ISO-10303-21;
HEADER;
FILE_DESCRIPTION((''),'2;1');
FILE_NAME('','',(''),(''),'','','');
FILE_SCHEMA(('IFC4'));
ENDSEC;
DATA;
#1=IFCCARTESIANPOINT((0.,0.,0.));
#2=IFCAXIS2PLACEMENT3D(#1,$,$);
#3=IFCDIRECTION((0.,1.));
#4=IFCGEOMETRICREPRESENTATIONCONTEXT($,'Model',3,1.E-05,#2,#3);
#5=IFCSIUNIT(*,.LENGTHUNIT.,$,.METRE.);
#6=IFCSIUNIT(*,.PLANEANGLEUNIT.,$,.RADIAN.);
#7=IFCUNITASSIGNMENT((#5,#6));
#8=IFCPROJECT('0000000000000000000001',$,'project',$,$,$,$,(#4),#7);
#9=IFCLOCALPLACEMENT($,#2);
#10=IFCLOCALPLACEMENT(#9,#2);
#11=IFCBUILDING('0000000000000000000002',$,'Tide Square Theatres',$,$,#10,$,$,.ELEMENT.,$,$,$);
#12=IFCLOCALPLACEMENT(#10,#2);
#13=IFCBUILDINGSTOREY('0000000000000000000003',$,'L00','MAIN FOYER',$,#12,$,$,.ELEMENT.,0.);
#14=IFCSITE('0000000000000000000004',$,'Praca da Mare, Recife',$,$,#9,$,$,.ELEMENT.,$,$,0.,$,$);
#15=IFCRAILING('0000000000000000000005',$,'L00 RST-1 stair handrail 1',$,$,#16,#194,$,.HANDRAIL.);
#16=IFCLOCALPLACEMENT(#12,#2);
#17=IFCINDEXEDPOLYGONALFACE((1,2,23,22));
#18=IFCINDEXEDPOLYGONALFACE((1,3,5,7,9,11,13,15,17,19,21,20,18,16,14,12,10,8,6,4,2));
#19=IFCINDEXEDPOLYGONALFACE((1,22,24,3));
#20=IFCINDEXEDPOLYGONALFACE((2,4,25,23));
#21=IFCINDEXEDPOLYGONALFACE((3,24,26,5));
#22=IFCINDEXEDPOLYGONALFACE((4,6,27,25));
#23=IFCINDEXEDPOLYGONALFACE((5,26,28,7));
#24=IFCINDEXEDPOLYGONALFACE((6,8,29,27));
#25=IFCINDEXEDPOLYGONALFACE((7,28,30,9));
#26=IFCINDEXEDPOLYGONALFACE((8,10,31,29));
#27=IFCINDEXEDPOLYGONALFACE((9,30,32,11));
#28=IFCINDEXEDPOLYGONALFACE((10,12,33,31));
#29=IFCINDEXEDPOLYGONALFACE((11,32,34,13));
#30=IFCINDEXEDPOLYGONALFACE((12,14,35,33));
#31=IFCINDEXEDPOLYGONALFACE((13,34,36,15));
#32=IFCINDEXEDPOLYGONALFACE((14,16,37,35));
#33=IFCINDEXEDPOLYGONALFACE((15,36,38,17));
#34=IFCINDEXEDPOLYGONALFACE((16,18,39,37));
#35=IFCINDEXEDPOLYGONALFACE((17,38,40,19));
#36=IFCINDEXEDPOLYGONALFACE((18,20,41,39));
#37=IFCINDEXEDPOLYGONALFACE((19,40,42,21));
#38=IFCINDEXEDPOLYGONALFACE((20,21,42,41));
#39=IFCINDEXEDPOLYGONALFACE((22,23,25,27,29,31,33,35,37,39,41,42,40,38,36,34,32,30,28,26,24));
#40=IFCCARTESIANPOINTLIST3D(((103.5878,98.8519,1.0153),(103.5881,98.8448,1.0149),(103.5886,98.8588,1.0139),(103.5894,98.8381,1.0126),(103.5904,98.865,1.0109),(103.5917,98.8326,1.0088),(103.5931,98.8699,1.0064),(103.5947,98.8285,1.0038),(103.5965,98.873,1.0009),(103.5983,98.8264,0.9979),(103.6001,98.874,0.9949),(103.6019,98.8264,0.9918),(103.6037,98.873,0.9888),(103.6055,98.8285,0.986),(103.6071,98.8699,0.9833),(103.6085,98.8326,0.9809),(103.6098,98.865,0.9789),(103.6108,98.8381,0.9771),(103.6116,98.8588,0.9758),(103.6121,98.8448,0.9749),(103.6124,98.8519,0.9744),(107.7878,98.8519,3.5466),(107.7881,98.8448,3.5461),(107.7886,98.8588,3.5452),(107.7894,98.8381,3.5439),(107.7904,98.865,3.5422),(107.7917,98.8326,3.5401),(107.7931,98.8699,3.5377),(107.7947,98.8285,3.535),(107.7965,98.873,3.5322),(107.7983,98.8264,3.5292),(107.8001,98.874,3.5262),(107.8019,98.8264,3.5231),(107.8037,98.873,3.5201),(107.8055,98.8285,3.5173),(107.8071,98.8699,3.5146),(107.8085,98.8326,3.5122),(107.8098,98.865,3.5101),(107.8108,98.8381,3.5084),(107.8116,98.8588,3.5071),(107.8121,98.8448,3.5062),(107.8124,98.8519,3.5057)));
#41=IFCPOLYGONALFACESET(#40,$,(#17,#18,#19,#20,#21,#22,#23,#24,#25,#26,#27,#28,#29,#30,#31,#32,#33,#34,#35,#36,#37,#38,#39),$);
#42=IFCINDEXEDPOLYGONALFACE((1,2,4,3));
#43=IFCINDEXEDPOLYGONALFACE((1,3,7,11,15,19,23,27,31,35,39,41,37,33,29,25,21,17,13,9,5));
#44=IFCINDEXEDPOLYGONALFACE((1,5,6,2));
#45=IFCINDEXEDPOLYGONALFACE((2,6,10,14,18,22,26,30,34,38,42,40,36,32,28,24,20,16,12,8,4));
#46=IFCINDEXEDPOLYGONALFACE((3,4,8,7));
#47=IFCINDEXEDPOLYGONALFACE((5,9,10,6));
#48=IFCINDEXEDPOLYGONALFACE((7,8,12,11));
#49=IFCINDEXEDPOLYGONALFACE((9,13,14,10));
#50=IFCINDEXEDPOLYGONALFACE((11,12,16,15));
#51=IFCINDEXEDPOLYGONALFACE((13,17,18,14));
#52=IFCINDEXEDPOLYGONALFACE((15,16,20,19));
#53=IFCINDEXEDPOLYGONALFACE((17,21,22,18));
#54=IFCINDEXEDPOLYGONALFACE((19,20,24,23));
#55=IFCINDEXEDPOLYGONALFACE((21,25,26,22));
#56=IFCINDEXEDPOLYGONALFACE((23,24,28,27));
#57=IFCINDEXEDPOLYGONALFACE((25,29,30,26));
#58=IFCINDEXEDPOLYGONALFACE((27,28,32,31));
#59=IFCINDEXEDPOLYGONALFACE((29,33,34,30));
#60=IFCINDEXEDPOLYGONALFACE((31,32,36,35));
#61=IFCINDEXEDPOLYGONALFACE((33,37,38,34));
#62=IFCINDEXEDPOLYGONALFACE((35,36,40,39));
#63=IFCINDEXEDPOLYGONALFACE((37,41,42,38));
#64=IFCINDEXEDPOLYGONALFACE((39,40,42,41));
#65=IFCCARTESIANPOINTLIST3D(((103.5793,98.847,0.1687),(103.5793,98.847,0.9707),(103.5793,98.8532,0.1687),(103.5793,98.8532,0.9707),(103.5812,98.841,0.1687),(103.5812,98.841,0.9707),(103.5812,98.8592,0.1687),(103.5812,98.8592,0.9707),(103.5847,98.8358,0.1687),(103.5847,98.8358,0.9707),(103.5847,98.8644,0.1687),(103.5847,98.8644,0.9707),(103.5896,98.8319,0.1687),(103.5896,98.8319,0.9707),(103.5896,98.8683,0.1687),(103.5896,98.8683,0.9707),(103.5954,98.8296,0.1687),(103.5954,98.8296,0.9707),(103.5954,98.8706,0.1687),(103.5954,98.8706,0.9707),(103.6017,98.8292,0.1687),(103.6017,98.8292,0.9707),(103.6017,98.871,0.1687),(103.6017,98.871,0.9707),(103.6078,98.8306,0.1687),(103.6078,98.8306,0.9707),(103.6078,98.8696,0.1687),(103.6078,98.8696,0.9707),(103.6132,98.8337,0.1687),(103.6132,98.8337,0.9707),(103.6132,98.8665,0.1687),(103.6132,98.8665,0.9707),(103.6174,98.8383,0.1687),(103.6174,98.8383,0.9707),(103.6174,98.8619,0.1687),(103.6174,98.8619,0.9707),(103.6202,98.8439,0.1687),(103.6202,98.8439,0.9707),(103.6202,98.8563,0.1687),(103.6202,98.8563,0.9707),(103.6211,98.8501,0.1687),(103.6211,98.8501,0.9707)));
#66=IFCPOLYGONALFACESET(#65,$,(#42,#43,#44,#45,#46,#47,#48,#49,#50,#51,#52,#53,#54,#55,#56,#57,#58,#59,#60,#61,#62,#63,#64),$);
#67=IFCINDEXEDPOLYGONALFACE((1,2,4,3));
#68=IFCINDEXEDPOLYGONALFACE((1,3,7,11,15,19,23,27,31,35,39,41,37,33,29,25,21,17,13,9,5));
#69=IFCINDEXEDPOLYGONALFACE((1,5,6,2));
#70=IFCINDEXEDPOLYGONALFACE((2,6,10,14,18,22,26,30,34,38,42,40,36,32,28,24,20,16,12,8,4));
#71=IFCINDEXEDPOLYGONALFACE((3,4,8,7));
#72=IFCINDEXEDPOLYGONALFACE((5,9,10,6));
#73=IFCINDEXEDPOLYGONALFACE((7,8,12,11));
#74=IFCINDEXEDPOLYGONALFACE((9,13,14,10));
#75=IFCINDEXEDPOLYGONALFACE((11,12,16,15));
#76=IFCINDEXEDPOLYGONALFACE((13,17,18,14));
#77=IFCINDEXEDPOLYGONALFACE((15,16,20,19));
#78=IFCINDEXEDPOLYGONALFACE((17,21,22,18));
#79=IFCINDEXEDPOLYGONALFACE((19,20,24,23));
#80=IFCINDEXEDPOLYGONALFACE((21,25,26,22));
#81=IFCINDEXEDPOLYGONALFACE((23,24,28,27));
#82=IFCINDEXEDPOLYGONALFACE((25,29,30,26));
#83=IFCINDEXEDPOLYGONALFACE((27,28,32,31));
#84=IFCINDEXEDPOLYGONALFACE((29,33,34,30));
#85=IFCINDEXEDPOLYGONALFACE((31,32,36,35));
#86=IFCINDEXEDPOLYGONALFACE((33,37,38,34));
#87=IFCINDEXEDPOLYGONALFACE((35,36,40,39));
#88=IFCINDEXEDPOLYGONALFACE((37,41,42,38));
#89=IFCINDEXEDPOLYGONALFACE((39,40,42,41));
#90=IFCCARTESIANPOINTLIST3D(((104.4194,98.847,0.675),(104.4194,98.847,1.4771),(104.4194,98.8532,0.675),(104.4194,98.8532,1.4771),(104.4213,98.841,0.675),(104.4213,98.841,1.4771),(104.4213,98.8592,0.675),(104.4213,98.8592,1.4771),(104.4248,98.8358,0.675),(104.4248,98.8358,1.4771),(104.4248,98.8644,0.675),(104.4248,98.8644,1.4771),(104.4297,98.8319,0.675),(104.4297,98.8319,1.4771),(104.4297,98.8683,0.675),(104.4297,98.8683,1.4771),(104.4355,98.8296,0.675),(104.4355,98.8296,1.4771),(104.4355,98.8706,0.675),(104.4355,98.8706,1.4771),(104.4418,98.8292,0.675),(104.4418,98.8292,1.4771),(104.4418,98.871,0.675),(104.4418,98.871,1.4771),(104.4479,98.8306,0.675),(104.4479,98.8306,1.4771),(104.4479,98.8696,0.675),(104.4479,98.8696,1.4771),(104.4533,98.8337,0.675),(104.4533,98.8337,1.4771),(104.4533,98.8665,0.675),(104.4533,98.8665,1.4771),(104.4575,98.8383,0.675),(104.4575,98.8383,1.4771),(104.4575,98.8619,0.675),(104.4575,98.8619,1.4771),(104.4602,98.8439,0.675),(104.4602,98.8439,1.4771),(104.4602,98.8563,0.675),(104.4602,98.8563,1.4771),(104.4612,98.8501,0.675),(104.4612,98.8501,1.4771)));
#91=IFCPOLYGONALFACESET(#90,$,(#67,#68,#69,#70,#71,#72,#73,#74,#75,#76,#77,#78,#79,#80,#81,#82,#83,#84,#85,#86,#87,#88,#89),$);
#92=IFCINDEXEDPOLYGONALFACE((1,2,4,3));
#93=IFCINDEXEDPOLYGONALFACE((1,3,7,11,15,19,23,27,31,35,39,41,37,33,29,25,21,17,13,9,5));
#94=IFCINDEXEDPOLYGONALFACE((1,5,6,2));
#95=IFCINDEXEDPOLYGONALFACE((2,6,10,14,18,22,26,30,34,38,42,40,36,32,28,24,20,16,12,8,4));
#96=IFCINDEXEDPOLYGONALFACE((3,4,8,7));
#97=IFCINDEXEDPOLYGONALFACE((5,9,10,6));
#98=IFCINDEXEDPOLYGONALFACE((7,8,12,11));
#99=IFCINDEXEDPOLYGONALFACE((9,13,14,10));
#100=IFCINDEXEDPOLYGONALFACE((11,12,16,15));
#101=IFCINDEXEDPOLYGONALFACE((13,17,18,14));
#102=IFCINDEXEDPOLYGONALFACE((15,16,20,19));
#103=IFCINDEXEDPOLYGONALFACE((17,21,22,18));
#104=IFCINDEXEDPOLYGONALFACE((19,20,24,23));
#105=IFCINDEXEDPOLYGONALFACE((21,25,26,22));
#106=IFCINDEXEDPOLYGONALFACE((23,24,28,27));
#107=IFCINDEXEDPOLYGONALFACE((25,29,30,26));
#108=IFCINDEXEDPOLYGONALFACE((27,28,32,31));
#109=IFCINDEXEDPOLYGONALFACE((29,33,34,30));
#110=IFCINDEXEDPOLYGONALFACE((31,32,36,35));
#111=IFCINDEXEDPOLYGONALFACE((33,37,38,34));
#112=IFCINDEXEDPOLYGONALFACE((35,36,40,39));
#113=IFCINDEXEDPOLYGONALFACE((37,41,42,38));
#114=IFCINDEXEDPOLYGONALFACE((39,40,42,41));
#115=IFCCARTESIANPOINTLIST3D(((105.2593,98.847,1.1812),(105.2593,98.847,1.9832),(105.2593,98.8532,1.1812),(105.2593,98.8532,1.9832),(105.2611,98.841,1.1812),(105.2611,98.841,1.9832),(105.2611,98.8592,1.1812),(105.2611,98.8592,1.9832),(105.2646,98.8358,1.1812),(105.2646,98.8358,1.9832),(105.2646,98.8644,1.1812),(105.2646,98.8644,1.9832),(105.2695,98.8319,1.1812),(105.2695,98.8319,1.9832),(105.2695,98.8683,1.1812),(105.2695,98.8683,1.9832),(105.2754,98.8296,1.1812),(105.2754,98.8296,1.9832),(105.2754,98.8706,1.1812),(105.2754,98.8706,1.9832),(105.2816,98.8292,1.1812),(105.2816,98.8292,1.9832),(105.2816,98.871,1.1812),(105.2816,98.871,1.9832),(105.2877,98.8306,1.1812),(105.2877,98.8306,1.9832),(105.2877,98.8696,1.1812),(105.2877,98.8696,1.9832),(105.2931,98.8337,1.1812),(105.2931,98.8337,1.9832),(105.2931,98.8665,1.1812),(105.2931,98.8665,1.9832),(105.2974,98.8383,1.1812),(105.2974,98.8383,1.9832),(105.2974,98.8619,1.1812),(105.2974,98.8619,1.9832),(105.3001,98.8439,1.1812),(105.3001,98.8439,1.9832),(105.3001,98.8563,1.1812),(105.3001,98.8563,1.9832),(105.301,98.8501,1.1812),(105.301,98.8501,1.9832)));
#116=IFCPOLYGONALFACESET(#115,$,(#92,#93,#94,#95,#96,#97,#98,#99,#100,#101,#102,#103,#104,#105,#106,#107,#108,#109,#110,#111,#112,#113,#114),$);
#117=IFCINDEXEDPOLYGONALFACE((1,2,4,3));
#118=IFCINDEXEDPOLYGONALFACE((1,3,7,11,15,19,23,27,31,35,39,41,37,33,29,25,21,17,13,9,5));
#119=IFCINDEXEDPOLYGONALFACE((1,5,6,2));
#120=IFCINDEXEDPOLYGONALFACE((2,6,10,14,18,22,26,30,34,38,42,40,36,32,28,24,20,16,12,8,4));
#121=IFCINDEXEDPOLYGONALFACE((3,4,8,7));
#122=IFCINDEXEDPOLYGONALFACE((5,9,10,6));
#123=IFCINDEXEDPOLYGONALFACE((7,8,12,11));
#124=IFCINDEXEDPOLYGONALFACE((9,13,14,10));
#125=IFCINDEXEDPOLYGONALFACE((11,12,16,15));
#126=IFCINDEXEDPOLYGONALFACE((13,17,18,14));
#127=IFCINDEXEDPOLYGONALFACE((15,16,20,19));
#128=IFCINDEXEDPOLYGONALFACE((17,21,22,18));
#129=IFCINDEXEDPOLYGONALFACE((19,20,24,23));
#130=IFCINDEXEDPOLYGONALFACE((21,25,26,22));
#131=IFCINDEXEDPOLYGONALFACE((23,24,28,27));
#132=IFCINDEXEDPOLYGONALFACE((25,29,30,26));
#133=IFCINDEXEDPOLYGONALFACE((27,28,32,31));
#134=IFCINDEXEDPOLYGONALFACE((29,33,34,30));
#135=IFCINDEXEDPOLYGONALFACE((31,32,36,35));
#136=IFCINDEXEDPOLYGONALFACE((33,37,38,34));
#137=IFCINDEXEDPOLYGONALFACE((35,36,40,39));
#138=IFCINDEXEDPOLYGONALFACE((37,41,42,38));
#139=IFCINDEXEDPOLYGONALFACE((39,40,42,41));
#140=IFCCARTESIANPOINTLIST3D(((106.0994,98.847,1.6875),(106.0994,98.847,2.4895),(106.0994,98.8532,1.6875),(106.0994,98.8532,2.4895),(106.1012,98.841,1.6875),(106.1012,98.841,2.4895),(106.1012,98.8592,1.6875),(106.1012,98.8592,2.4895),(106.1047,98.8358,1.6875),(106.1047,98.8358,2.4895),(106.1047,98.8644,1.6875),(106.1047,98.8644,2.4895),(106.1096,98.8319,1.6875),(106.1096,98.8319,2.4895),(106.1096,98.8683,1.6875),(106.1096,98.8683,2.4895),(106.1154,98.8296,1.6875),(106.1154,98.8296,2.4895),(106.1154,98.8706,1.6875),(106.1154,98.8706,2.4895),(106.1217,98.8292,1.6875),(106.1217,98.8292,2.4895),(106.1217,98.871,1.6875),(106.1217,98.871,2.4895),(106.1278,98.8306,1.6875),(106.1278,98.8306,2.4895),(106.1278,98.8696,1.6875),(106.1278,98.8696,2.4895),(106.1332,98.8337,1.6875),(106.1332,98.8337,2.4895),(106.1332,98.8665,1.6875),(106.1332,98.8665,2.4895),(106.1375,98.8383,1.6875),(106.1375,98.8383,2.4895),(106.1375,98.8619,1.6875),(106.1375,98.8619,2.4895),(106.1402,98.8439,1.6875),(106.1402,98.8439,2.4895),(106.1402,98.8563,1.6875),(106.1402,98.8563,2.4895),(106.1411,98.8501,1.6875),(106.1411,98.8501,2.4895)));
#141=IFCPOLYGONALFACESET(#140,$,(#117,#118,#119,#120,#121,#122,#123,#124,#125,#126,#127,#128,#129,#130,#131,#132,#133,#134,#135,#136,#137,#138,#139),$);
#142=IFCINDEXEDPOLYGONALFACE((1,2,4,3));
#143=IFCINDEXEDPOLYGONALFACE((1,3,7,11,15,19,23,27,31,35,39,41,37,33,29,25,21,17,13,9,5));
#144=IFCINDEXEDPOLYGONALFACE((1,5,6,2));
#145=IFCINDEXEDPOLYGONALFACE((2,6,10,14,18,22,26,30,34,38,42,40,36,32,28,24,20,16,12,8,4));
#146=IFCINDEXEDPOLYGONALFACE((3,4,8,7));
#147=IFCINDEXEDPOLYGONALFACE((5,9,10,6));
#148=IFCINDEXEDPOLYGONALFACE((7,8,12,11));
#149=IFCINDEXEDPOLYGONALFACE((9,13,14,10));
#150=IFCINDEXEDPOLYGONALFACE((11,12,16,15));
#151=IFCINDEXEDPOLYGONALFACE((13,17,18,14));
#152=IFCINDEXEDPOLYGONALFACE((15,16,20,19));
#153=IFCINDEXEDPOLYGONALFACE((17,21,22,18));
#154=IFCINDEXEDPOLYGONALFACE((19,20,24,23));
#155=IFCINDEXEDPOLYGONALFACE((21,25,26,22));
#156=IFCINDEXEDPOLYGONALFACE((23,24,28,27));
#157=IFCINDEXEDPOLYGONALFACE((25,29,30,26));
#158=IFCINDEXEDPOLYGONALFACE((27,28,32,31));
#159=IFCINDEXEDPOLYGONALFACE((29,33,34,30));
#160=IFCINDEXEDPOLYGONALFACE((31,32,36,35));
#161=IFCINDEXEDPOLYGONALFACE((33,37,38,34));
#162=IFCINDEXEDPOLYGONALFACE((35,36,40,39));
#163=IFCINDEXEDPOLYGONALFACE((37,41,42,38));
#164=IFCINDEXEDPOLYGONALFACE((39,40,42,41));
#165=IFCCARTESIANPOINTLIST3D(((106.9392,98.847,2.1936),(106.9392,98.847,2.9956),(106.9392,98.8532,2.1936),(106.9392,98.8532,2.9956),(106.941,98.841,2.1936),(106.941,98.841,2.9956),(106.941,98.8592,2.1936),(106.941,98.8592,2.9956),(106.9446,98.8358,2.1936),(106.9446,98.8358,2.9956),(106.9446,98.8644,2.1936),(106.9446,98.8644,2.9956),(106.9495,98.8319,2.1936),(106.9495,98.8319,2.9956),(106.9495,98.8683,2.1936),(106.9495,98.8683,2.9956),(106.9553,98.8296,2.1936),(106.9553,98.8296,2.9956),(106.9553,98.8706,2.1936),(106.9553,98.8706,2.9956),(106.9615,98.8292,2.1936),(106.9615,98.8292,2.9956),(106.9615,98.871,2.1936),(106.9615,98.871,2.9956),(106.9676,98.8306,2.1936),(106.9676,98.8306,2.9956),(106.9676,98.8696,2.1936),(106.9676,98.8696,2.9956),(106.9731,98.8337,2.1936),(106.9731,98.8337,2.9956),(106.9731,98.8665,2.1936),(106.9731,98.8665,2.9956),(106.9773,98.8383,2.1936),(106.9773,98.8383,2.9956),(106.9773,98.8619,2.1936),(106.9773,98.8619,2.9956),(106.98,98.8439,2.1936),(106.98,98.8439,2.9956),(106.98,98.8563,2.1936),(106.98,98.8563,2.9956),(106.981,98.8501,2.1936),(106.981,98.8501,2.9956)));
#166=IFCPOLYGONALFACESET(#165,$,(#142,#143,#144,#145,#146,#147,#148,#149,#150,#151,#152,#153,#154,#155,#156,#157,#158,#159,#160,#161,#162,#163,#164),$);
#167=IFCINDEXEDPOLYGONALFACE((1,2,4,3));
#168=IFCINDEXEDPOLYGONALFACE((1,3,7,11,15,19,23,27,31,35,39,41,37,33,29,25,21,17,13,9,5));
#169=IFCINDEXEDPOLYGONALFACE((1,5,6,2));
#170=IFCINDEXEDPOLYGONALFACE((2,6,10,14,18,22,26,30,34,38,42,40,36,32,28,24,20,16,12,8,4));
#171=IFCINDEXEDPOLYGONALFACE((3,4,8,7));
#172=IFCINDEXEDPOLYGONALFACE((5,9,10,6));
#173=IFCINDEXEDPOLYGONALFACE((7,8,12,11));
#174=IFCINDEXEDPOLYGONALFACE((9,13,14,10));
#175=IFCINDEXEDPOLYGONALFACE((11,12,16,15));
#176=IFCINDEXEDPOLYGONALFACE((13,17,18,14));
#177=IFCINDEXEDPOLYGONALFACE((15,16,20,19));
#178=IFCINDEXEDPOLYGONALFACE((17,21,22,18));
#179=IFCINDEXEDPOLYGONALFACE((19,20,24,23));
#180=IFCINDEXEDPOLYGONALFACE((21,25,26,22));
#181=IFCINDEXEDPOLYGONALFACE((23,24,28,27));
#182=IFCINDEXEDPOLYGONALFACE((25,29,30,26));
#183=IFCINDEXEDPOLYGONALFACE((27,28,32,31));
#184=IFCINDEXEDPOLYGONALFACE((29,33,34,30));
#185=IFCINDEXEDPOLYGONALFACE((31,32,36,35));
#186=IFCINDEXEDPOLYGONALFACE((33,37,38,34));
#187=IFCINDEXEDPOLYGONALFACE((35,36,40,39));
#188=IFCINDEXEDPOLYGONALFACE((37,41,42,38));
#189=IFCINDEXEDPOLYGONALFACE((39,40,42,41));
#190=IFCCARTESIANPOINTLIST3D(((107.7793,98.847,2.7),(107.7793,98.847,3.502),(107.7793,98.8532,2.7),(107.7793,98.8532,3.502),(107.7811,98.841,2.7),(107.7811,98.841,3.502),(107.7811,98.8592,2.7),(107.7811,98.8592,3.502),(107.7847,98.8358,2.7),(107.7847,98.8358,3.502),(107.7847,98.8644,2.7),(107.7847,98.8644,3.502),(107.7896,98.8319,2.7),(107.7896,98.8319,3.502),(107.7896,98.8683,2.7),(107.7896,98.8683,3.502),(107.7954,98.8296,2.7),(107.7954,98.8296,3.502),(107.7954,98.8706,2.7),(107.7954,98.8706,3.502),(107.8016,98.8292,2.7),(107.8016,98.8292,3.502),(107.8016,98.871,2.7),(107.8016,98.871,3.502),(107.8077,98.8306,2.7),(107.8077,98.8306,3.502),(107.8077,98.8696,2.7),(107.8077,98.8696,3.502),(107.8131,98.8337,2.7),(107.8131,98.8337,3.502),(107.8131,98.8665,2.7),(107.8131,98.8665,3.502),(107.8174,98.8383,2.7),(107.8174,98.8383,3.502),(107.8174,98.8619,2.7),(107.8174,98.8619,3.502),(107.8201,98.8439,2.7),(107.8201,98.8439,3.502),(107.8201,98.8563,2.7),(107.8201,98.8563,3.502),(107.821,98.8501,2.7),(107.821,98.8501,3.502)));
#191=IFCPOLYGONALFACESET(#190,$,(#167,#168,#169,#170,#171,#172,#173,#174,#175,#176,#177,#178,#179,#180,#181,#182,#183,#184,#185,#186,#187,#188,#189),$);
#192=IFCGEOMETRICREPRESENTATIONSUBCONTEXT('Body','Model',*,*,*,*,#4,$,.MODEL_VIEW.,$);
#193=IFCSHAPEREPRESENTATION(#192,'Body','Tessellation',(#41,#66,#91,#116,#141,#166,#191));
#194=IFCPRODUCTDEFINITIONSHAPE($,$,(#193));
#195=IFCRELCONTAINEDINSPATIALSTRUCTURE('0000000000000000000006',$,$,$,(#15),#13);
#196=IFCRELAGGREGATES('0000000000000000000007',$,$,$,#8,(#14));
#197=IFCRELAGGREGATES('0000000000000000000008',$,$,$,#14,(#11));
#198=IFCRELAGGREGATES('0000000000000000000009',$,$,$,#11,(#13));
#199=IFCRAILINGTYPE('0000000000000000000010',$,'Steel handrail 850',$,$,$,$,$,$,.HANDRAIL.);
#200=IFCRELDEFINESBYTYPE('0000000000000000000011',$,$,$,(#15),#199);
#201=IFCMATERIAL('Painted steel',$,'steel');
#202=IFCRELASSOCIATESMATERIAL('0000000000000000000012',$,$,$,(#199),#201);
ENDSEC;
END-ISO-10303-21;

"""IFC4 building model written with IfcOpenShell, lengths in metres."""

from ifc_helpers import new_model, si_unit, direction, frame, origin, origin_2d, place, context, subcontext, project, spatial, circle, extrude, material, type_object, element, save


model = new_model("IFC4")

# Units and contexts
model_context = context("Model", 3, precision=1e-05, world=origin(), true_north=direction((0.0, 1.0)))
body_context = subcontext(model_context, "Body", "Model", "MODEL_VIEW")
ifc_project = project(units=[si_unit("LENGTHUNIT", "METRE"), si_unit("PLANEANGLEUNIT", "RADIAN")], contexts=[model_context])

# Site, building, storey
site_placement = place(None, origin())
site = spatial("IfcSite", under=ifc_project, at=site_placement, Name="Praca da Mare, Recife", CompositionType="ELEMENT", RefElevation=0.0)
building_placement = place(site_placement, origin())
building = spatial("IfcBuilding", under=site, at=building_placement, Name="Tide Square Theatres", CompositionType="ELEMENT")
storey_placement = place(building_placement, origin())
storey = spatial("IfcBuildingStorey", under=building, at=storey_placement, Name="L00", Description="MAIN FOYER", CompositionType="ELEMENT", Elevation=0.0)

# Railing
ifc_material_1 = material(Name="Painted steel", Category="steel")
railing_type_1 = type_object("IfcRailingType", Name="Steel handrail 850", PredefinedType="HANDRAIL", material=ifc_material_1)
for number, where, name in (
    (1, (103.6001, 98.8501, 0.1687), "L00 RST-1 stair handrail 1"),
):
    element("IfcRailing", number, at=place(storey_placement, frame(where)), inside=storey, type_object=railing_type_1, Name=name, PredefinedType="HANDRAIL", context=body_context, shape_type="SweptSolid", body=[
        extrude(circle(Radius=0.0239, at=origin_2d()), frame((0.0, 0.0, 0.8262), z_axis=(0.856476, 0.0, 0.516186), x_axis=(0.0, 1.0, 0.0)), (0.0, 0.0, 1.0), 4.9038),
        extrude(circle(Radius=0.021, at=origin_2d()), origin(), (0.0, 0.0, 1.0), 0.802),
        extrude(circle(Radius=0.021, at=origin_2d()), frame((0.8401, 0.0, 0.5063)), (0.0, 0.0, 1.0), 0.802),
        extrude(circle(Radius=0.021, at=origin_2d()), frame((1.6799, 0.0, 1.0125)), (0.0, 0.0, 1.0), 0.802),
        extrude(circle(Radius=0.021, at=origin_2d()), frame((2.52, 0.0, 1.5188)), (0.0, 0.0, 1.0), 0.802),
        extrude(circle(Radius=0.021, at=origin_2d()), frame((3.3599, 0.0, 2.0249)), (0.0, 0.0, 1.0), 0.802),
        extrude(circle(Radius=0.021, at=origin_2d()), frame((4.2, 0.0, 2.5312)), (0.0, 0.0, 1.0), 0.802),
    ])

save(model, "model.ifc")
